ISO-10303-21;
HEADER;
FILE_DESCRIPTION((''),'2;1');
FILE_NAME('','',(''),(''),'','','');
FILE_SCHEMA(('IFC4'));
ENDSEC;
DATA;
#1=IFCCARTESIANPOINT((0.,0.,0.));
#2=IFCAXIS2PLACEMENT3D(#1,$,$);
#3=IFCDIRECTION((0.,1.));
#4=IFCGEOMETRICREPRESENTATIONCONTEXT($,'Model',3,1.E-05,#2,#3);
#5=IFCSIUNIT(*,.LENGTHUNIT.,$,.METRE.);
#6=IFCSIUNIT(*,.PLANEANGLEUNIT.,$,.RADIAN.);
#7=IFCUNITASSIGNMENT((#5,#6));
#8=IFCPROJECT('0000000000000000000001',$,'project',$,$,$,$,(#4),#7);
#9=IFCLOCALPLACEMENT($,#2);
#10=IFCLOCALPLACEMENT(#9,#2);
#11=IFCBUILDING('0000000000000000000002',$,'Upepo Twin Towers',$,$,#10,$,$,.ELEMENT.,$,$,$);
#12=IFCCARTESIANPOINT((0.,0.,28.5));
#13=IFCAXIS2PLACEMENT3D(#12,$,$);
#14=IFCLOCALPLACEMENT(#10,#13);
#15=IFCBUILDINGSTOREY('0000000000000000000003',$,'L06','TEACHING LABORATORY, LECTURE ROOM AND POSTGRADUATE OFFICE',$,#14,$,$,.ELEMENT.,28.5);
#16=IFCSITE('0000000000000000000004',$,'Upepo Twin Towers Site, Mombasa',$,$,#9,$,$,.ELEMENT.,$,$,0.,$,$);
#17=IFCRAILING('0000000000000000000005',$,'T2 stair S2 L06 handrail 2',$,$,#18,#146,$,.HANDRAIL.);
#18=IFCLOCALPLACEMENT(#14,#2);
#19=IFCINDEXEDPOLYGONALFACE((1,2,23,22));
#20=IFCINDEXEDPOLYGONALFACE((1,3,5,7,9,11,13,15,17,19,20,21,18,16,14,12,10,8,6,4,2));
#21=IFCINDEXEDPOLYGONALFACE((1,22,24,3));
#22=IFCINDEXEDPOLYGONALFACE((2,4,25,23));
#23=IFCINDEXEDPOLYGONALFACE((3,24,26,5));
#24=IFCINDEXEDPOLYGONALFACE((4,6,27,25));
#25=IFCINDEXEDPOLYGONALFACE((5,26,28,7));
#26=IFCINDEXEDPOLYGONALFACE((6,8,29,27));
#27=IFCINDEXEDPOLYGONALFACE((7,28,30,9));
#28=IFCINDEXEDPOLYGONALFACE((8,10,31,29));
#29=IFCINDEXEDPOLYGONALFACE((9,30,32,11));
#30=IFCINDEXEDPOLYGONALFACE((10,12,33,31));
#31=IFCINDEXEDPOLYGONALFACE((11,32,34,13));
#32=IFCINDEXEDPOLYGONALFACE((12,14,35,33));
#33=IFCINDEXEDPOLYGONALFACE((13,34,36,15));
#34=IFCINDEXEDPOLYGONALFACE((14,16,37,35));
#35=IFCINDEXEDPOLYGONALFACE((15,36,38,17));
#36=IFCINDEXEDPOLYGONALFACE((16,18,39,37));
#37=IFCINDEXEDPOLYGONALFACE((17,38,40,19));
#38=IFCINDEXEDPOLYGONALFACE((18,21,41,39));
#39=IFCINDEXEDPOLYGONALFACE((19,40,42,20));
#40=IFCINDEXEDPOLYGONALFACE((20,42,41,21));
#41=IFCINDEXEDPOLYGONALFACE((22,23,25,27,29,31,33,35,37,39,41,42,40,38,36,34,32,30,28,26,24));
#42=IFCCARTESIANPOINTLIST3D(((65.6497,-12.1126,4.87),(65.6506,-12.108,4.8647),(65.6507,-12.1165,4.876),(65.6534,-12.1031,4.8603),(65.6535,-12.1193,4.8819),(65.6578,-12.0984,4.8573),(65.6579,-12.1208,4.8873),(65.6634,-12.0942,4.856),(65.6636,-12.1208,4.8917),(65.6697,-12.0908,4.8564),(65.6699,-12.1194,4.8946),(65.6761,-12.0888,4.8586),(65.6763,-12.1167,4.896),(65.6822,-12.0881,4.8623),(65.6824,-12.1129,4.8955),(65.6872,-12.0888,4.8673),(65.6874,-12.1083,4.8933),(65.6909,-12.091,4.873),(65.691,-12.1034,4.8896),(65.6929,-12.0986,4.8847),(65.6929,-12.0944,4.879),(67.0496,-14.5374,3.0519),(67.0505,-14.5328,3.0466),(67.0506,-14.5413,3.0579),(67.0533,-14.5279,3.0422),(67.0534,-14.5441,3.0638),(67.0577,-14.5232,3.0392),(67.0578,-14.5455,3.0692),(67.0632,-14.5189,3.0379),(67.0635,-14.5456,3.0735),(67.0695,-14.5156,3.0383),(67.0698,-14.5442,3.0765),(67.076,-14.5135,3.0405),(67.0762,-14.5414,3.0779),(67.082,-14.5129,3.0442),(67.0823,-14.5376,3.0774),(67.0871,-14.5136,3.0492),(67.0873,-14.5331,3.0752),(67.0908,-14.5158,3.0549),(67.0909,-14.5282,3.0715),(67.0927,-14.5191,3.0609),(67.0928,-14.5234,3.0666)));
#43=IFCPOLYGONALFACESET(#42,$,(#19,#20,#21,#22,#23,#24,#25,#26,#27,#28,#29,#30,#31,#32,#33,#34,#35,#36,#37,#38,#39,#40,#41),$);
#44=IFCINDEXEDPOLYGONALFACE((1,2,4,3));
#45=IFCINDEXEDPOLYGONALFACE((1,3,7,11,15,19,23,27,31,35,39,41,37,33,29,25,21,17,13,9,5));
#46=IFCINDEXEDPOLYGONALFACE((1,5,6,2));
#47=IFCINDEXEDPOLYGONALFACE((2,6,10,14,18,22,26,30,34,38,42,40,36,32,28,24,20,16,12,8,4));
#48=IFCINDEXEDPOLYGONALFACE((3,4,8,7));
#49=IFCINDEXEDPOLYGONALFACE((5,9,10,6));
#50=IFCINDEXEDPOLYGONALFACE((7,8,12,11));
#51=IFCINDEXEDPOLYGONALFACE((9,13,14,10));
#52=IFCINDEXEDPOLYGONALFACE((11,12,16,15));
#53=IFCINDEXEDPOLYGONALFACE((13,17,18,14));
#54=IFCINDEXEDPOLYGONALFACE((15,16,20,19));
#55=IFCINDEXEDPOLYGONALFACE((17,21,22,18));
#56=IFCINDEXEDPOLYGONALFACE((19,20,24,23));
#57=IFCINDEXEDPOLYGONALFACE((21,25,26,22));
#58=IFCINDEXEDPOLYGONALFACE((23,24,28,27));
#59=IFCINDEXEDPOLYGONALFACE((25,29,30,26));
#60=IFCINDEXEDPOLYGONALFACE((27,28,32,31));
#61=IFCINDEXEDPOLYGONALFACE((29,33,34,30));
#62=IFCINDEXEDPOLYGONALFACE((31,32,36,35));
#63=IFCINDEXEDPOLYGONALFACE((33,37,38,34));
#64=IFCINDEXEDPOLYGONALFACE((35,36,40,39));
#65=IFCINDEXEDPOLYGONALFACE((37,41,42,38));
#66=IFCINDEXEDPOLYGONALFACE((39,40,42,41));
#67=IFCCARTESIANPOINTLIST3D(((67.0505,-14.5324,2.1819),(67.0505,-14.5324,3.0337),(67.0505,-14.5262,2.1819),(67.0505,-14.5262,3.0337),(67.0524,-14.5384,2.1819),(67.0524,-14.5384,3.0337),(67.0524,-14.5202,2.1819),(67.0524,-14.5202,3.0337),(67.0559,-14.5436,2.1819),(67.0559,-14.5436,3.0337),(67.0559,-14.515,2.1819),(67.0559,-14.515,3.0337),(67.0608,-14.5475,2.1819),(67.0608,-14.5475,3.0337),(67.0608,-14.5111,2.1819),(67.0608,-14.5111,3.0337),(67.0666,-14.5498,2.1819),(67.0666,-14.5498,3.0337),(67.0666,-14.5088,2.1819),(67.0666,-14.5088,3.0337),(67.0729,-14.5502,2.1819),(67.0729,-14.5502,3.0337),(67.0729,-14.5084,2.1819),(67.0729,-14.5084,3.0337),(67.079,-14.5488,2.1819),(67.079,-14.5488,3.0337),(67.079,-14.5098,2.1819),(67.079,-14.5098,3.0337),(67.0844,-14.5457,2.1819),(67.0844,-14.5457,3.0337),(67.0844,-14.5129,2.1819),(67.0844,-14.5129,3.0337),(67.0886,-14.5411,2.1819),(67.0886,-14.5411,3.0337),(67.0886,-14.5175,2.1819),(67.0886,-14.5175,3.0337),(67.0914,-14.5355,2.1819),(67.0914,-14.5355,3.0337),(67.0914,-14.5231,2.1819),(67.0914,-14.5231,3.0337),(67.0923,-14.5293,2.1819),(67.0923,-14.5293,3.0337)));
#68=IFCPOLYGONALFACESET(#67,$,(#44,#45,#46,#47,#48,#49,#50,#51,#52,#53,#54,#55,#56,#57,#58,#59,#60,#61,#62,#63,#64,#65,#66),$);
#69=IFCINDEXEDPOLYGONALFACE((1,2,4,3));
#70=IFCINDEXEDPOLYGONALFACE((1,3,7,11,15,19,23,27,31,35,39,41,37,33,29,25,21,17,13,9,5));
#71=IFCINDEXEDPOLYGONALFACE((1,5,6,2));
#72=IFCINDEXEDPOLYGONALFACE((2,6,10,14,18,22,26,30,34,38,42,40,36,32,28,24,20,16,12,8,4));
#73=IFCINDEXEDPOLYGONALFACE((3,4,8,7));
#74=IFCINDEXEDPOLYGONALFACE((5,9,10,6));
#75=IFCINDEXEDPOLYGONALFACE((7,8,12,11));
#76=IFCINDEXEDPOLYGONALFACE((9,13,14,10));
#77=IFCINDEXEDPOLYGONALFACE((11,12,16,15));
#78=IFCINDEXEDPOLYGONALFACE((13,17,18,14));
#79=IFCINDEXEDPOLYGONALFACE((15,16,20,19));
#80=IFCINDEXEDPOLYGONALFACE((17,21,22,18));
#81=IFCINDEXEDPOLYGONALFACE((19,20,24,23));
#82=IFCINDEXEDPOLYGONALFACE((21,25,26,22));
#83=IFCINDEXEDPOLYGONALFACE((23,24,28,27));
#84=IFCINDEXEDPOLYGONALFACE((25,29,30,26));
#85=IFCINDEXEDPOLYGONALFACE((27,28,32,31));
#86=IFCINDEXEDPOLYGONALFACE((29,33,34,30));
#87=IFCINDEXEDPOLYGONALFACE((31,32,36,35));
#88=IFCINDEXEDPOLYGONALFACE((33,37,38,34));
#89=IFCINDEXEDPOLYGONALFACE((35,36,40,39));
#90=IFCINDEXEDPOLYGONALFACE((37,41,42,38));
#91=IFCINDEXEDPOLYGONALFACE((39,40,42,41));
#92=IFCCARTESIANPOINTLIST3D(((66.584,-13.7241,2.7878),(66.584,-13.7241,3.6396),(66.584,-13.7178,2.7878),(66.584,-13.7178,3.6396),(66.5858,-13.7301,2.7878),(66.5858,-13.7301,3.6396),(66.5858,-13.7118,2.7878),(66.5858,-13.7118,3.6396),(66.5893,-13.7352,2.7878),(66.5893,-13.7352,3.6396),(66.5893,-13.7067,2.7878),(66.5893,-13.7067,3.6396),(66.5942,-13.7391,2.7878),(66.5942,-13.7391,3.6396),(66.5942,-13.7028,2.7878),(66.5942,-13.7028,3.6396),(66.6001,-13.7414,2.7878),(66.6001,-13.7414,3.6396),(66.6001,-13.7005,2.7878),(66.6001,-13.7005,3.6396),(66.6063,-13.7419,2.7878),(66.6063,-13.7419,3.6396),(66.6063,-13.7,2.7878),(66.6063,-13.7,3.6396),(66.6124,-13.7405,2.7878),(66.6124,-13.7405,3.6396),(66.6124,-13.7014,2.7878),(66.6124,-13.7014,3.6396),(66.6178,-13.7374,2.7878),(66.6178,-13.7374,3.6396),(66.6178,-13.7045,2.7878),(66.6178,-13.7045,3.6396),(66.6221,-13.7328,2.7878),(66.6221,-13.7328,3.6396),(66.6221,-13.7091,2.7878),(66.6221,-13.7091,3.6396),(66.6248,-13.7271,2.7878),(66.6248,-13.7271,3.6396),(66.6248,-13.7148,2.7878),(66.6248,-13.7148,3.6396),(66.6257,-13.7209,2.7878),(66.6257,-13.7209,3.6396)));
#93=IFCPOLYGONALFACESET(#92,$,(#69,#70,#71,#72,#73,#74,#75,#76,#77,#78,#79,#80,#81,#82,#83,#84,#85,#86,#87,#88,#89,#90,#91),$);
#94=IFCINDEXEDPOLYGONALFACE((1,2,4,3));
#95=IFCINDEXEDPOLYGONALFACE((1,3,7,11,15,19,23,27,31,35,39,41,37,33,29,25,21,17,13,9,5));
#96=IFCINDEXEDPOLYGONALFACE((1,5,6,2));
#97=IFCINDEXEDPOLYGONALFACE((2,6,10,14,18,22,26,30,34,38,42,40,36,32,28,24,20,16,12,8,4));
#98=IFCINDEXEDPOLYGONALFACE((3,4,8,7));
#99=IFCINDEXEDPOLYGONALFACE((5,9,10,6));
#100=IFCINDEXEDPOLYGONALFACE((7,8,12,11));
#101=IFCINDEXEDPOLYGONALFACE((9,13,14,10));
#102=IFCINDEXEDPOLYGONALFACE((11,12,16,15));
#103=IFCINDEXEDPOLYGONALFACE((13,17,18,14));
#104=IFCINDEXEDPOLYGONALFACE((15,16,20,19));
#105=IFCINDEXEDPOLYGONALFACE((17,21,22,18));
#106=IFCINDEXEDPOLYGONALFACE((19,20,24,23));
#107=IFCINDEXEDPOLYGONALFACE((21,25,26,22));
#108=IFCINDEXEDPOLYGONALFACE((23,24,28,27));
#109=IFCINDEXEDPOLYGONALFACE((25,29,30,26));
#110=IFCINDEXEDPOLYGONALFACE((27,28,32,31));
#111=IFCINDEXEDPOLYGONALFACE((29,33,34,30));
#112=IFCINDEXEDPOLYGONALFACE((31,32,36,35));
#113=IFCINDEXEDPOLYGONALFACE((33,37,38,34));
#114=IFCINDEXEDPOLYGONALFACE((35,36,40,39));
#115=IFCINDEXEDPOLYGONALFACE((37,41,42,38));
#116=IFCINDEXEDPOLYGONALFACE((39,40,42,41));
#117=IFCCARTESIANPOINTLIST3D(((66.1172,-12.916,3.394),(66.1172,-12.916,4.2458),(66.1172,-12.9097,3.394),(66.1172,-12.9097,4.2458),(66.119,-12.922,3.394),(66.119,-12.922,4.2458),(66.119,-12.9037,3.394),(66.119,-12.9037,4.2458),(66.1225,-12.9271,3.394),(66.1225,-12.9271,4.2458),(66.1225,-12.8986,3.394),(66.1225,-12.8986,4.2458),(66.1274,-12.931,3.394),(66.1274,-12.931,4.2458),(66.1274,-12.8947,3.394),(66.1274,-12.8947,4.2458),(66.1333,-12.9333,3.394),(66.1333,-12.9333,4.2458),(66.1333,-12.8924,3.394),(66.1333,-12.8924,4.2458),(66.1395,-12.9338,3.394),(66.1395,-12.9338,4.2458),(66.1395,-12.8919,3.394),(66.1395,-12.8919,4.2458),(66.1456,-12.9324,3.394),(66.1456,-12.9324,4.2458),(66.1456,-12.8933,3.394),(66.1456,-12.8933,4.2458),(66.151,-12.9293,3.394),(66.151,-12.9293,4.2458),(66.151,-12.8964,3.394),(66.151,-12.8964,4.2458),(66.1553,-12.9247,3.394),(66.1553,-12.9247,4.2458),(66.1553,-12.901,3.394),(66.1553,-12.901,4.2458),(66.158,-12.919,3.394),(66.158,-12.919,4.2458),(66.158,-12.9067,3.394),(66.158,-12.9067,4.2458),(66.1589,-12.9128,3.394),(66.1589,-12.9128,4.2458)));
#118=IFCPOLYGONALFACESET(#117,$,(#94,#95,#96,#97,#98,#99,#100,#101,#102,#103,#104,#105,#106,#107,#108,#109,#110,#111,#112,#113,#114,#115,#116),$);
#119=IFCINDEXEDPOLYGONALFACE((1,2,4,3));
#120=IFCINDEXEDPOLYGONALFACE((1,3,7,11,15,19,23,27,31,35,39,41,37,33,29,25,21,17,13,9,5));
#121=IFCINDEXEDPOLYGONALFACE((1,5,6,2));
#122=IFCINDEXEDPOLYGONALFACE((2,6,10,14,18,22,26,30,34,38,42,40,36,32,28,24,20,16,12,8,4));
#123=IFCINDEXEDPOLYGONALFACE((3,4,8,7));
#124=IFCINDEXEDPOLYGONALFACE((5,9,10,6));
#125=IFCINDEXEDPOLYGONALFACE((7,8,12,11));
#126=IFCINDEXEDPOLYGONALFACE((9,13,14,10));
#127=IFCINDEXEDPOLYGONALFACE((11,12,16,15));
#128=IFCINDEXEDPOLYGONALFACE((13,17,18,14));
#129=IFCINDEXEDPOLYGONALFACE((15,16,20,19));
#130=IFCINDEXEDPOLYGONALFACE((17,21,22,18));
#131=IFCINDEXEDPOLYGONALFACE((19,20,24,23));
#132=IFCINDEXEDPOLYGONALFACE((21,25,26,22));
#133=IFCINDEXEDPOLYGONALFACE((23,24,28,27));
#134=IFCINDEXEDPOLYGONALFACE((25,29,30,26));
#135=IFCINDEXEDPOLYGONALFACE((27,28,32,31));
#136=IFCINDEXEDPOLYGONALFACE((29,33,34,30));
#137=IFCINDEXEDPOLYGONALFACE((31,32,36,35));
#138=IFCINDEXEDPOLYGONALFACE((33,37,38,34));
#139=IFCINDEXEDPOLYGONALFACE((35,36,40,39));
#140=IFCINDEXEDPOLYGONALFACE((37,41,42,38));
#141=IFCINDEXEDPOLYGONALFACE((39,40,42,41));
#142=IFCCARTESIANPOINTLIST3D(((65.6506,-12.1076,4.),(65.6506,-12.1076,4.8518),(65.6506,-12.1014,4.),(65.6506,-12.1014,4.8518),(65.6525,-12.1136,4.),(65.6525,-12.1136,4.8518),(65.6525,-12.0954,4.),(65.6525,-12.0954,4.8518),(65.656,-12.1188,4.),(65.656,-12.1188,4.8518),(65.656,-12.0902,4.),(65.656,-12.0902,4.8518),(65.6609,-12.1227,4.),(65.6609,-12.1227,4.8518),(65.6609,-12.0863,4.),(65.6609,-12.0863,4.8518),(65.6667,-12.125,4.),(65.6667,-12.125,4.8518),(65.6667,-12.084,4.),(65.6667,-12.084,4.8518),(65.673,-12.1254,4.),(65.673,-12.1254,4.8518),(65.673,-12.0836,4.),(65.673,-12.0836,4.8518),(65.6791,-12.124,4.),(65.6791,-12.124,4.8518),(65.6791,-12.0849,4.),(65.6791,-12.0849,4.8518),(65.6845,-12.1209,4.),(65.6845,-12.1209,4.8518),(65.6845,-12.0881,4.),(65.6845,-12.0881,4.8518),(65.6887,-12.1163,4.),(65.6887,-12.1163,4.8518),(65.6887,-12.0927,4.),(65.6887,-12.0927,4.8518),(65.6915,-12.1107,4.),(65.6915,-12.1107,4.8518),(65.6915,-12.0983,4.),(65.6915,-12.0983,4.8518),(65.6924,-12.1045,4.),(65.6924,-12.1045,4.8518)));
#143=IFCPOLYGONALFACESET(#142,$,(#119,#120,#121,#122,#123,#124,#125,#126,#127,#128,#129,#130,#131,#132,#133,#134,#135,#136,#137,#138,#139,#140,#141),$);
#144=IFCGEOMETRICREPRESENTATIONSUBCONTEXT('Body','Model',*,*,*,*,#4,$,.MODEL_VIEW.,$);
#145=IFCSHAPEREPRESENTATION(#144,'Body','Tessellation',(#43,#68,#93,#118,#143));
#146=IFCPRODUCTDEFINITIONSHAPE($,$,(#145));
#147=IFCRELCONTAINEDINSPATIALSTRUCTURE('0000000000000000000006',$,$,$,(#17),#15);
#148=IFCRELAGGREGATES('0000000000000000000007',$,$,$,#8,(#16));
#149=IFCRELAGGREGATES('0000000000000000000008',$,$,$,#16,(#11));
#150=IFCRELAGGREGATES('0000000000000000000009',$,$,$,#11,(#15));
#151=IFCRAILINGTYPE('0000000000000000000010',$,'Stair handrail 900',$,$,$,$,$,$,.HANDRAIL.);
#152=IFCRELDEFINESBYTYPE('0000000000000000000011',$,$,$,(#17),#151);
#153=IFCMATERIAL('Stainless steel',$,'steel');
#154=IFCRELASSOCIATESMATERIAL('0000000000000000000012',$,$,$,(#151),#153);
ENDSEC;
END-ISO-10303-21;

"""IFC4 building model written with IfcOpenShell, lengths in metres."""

from ifc_helpers import new_model, si_unit, direction, frame, origin, origin_2d, place, context, subcontext, project, spatial, circle, extrude, material, type_object, element, save


model = new_model("IFC4")

# Units and contexts
model_context = context("Model", 3, precision=1e-05, world=origin(), true_north=direction((0.0, 1.0)))
body_context = subcontext(model_context, "Body", "Model", "MODEL_VIEW")
ifc_project = project(units=[si_unit("LENGTHUNIT", "METRE"), si_unit("PLANEANGLEUNIT", "RADIAN")], contexts=[model_context])

# Site, building, storey
site_placement = place(None, origin())
site = spatial("IfcSite", under=ifc_project, at=site_placement, Name="Upepo Twin Towers Site, Mombasa", CompositionType="ELEMENT", RefElevation=0.0)
building_placement = place(site_placement, origin())
building = spatial("IfcBuilding", under=site, at=building_placement, Name="Upepo Twin Towers", CompositionType="ELEMENT")
storey_placement = place(building_placement, frame((0.0, 0.0, 28.5)))
storey = spatial("IfcBuildingStorey", under=building, at=storey_placement, Name="L06", Description="TEACHING LABORATORY, LECTURE ROOM AND POSTGRADUATE OFFICE", CompositionType="ELEMENT", Elevation=28.5)

# Railing
ifc_material_1 = material(Name="Stainless steel", Category="steel")
railing_type = type_object("IfcRailingType", Name="Stair handrail 900", PredefinedType="HANDRAIL", material=ifc_material_1)
railing_1_placement = place(storey_placement, frame((67.0713, -14.5293, 2.1819)))
element("IfcRailing", 1, at=railing_1_placement, inside=storey, type_object=railing_type, Name="T2 stair S2 L06 handrail 2", PredefinedType="HANDRAIL", context=body_context, shape_type="SweptSolid", body=[
    extrude(circle(Radius=0.0239, at=origin_2d()), frame((0.0, 0.0, 0.876), z_axis=(-0.419333, 0.726336, 0.544606), x_axis=(-0.866035, -0.499984, 0.0)), (0.0, 0.0, 1.0), 3.3384),
    extrude(circle(Radius=0.021, at=origin_2d()), origin(), (0.0, 0.0, 1.0), 0.8518),
    extrude(circle(Radius=0.021, at=origin_2d()), frame((-0.4666, 0.8083, 0.606)), (0.0, 0.0, 1.0), 0.8518),
    extrude(circle(Radius=0.021, at=origin_2d()), frame((-0.9333, 1.6165, 1.2122)), (0.0, 0.0, 1.0), 0.8518),
    extrude(circle(Radius=0.021, at=origin_2d()), frame((-1.3999, 2.4248, 1.8181)), (0.0, 0.0, 1.0), 0.8518),
])

save(model, "model.ifc")
